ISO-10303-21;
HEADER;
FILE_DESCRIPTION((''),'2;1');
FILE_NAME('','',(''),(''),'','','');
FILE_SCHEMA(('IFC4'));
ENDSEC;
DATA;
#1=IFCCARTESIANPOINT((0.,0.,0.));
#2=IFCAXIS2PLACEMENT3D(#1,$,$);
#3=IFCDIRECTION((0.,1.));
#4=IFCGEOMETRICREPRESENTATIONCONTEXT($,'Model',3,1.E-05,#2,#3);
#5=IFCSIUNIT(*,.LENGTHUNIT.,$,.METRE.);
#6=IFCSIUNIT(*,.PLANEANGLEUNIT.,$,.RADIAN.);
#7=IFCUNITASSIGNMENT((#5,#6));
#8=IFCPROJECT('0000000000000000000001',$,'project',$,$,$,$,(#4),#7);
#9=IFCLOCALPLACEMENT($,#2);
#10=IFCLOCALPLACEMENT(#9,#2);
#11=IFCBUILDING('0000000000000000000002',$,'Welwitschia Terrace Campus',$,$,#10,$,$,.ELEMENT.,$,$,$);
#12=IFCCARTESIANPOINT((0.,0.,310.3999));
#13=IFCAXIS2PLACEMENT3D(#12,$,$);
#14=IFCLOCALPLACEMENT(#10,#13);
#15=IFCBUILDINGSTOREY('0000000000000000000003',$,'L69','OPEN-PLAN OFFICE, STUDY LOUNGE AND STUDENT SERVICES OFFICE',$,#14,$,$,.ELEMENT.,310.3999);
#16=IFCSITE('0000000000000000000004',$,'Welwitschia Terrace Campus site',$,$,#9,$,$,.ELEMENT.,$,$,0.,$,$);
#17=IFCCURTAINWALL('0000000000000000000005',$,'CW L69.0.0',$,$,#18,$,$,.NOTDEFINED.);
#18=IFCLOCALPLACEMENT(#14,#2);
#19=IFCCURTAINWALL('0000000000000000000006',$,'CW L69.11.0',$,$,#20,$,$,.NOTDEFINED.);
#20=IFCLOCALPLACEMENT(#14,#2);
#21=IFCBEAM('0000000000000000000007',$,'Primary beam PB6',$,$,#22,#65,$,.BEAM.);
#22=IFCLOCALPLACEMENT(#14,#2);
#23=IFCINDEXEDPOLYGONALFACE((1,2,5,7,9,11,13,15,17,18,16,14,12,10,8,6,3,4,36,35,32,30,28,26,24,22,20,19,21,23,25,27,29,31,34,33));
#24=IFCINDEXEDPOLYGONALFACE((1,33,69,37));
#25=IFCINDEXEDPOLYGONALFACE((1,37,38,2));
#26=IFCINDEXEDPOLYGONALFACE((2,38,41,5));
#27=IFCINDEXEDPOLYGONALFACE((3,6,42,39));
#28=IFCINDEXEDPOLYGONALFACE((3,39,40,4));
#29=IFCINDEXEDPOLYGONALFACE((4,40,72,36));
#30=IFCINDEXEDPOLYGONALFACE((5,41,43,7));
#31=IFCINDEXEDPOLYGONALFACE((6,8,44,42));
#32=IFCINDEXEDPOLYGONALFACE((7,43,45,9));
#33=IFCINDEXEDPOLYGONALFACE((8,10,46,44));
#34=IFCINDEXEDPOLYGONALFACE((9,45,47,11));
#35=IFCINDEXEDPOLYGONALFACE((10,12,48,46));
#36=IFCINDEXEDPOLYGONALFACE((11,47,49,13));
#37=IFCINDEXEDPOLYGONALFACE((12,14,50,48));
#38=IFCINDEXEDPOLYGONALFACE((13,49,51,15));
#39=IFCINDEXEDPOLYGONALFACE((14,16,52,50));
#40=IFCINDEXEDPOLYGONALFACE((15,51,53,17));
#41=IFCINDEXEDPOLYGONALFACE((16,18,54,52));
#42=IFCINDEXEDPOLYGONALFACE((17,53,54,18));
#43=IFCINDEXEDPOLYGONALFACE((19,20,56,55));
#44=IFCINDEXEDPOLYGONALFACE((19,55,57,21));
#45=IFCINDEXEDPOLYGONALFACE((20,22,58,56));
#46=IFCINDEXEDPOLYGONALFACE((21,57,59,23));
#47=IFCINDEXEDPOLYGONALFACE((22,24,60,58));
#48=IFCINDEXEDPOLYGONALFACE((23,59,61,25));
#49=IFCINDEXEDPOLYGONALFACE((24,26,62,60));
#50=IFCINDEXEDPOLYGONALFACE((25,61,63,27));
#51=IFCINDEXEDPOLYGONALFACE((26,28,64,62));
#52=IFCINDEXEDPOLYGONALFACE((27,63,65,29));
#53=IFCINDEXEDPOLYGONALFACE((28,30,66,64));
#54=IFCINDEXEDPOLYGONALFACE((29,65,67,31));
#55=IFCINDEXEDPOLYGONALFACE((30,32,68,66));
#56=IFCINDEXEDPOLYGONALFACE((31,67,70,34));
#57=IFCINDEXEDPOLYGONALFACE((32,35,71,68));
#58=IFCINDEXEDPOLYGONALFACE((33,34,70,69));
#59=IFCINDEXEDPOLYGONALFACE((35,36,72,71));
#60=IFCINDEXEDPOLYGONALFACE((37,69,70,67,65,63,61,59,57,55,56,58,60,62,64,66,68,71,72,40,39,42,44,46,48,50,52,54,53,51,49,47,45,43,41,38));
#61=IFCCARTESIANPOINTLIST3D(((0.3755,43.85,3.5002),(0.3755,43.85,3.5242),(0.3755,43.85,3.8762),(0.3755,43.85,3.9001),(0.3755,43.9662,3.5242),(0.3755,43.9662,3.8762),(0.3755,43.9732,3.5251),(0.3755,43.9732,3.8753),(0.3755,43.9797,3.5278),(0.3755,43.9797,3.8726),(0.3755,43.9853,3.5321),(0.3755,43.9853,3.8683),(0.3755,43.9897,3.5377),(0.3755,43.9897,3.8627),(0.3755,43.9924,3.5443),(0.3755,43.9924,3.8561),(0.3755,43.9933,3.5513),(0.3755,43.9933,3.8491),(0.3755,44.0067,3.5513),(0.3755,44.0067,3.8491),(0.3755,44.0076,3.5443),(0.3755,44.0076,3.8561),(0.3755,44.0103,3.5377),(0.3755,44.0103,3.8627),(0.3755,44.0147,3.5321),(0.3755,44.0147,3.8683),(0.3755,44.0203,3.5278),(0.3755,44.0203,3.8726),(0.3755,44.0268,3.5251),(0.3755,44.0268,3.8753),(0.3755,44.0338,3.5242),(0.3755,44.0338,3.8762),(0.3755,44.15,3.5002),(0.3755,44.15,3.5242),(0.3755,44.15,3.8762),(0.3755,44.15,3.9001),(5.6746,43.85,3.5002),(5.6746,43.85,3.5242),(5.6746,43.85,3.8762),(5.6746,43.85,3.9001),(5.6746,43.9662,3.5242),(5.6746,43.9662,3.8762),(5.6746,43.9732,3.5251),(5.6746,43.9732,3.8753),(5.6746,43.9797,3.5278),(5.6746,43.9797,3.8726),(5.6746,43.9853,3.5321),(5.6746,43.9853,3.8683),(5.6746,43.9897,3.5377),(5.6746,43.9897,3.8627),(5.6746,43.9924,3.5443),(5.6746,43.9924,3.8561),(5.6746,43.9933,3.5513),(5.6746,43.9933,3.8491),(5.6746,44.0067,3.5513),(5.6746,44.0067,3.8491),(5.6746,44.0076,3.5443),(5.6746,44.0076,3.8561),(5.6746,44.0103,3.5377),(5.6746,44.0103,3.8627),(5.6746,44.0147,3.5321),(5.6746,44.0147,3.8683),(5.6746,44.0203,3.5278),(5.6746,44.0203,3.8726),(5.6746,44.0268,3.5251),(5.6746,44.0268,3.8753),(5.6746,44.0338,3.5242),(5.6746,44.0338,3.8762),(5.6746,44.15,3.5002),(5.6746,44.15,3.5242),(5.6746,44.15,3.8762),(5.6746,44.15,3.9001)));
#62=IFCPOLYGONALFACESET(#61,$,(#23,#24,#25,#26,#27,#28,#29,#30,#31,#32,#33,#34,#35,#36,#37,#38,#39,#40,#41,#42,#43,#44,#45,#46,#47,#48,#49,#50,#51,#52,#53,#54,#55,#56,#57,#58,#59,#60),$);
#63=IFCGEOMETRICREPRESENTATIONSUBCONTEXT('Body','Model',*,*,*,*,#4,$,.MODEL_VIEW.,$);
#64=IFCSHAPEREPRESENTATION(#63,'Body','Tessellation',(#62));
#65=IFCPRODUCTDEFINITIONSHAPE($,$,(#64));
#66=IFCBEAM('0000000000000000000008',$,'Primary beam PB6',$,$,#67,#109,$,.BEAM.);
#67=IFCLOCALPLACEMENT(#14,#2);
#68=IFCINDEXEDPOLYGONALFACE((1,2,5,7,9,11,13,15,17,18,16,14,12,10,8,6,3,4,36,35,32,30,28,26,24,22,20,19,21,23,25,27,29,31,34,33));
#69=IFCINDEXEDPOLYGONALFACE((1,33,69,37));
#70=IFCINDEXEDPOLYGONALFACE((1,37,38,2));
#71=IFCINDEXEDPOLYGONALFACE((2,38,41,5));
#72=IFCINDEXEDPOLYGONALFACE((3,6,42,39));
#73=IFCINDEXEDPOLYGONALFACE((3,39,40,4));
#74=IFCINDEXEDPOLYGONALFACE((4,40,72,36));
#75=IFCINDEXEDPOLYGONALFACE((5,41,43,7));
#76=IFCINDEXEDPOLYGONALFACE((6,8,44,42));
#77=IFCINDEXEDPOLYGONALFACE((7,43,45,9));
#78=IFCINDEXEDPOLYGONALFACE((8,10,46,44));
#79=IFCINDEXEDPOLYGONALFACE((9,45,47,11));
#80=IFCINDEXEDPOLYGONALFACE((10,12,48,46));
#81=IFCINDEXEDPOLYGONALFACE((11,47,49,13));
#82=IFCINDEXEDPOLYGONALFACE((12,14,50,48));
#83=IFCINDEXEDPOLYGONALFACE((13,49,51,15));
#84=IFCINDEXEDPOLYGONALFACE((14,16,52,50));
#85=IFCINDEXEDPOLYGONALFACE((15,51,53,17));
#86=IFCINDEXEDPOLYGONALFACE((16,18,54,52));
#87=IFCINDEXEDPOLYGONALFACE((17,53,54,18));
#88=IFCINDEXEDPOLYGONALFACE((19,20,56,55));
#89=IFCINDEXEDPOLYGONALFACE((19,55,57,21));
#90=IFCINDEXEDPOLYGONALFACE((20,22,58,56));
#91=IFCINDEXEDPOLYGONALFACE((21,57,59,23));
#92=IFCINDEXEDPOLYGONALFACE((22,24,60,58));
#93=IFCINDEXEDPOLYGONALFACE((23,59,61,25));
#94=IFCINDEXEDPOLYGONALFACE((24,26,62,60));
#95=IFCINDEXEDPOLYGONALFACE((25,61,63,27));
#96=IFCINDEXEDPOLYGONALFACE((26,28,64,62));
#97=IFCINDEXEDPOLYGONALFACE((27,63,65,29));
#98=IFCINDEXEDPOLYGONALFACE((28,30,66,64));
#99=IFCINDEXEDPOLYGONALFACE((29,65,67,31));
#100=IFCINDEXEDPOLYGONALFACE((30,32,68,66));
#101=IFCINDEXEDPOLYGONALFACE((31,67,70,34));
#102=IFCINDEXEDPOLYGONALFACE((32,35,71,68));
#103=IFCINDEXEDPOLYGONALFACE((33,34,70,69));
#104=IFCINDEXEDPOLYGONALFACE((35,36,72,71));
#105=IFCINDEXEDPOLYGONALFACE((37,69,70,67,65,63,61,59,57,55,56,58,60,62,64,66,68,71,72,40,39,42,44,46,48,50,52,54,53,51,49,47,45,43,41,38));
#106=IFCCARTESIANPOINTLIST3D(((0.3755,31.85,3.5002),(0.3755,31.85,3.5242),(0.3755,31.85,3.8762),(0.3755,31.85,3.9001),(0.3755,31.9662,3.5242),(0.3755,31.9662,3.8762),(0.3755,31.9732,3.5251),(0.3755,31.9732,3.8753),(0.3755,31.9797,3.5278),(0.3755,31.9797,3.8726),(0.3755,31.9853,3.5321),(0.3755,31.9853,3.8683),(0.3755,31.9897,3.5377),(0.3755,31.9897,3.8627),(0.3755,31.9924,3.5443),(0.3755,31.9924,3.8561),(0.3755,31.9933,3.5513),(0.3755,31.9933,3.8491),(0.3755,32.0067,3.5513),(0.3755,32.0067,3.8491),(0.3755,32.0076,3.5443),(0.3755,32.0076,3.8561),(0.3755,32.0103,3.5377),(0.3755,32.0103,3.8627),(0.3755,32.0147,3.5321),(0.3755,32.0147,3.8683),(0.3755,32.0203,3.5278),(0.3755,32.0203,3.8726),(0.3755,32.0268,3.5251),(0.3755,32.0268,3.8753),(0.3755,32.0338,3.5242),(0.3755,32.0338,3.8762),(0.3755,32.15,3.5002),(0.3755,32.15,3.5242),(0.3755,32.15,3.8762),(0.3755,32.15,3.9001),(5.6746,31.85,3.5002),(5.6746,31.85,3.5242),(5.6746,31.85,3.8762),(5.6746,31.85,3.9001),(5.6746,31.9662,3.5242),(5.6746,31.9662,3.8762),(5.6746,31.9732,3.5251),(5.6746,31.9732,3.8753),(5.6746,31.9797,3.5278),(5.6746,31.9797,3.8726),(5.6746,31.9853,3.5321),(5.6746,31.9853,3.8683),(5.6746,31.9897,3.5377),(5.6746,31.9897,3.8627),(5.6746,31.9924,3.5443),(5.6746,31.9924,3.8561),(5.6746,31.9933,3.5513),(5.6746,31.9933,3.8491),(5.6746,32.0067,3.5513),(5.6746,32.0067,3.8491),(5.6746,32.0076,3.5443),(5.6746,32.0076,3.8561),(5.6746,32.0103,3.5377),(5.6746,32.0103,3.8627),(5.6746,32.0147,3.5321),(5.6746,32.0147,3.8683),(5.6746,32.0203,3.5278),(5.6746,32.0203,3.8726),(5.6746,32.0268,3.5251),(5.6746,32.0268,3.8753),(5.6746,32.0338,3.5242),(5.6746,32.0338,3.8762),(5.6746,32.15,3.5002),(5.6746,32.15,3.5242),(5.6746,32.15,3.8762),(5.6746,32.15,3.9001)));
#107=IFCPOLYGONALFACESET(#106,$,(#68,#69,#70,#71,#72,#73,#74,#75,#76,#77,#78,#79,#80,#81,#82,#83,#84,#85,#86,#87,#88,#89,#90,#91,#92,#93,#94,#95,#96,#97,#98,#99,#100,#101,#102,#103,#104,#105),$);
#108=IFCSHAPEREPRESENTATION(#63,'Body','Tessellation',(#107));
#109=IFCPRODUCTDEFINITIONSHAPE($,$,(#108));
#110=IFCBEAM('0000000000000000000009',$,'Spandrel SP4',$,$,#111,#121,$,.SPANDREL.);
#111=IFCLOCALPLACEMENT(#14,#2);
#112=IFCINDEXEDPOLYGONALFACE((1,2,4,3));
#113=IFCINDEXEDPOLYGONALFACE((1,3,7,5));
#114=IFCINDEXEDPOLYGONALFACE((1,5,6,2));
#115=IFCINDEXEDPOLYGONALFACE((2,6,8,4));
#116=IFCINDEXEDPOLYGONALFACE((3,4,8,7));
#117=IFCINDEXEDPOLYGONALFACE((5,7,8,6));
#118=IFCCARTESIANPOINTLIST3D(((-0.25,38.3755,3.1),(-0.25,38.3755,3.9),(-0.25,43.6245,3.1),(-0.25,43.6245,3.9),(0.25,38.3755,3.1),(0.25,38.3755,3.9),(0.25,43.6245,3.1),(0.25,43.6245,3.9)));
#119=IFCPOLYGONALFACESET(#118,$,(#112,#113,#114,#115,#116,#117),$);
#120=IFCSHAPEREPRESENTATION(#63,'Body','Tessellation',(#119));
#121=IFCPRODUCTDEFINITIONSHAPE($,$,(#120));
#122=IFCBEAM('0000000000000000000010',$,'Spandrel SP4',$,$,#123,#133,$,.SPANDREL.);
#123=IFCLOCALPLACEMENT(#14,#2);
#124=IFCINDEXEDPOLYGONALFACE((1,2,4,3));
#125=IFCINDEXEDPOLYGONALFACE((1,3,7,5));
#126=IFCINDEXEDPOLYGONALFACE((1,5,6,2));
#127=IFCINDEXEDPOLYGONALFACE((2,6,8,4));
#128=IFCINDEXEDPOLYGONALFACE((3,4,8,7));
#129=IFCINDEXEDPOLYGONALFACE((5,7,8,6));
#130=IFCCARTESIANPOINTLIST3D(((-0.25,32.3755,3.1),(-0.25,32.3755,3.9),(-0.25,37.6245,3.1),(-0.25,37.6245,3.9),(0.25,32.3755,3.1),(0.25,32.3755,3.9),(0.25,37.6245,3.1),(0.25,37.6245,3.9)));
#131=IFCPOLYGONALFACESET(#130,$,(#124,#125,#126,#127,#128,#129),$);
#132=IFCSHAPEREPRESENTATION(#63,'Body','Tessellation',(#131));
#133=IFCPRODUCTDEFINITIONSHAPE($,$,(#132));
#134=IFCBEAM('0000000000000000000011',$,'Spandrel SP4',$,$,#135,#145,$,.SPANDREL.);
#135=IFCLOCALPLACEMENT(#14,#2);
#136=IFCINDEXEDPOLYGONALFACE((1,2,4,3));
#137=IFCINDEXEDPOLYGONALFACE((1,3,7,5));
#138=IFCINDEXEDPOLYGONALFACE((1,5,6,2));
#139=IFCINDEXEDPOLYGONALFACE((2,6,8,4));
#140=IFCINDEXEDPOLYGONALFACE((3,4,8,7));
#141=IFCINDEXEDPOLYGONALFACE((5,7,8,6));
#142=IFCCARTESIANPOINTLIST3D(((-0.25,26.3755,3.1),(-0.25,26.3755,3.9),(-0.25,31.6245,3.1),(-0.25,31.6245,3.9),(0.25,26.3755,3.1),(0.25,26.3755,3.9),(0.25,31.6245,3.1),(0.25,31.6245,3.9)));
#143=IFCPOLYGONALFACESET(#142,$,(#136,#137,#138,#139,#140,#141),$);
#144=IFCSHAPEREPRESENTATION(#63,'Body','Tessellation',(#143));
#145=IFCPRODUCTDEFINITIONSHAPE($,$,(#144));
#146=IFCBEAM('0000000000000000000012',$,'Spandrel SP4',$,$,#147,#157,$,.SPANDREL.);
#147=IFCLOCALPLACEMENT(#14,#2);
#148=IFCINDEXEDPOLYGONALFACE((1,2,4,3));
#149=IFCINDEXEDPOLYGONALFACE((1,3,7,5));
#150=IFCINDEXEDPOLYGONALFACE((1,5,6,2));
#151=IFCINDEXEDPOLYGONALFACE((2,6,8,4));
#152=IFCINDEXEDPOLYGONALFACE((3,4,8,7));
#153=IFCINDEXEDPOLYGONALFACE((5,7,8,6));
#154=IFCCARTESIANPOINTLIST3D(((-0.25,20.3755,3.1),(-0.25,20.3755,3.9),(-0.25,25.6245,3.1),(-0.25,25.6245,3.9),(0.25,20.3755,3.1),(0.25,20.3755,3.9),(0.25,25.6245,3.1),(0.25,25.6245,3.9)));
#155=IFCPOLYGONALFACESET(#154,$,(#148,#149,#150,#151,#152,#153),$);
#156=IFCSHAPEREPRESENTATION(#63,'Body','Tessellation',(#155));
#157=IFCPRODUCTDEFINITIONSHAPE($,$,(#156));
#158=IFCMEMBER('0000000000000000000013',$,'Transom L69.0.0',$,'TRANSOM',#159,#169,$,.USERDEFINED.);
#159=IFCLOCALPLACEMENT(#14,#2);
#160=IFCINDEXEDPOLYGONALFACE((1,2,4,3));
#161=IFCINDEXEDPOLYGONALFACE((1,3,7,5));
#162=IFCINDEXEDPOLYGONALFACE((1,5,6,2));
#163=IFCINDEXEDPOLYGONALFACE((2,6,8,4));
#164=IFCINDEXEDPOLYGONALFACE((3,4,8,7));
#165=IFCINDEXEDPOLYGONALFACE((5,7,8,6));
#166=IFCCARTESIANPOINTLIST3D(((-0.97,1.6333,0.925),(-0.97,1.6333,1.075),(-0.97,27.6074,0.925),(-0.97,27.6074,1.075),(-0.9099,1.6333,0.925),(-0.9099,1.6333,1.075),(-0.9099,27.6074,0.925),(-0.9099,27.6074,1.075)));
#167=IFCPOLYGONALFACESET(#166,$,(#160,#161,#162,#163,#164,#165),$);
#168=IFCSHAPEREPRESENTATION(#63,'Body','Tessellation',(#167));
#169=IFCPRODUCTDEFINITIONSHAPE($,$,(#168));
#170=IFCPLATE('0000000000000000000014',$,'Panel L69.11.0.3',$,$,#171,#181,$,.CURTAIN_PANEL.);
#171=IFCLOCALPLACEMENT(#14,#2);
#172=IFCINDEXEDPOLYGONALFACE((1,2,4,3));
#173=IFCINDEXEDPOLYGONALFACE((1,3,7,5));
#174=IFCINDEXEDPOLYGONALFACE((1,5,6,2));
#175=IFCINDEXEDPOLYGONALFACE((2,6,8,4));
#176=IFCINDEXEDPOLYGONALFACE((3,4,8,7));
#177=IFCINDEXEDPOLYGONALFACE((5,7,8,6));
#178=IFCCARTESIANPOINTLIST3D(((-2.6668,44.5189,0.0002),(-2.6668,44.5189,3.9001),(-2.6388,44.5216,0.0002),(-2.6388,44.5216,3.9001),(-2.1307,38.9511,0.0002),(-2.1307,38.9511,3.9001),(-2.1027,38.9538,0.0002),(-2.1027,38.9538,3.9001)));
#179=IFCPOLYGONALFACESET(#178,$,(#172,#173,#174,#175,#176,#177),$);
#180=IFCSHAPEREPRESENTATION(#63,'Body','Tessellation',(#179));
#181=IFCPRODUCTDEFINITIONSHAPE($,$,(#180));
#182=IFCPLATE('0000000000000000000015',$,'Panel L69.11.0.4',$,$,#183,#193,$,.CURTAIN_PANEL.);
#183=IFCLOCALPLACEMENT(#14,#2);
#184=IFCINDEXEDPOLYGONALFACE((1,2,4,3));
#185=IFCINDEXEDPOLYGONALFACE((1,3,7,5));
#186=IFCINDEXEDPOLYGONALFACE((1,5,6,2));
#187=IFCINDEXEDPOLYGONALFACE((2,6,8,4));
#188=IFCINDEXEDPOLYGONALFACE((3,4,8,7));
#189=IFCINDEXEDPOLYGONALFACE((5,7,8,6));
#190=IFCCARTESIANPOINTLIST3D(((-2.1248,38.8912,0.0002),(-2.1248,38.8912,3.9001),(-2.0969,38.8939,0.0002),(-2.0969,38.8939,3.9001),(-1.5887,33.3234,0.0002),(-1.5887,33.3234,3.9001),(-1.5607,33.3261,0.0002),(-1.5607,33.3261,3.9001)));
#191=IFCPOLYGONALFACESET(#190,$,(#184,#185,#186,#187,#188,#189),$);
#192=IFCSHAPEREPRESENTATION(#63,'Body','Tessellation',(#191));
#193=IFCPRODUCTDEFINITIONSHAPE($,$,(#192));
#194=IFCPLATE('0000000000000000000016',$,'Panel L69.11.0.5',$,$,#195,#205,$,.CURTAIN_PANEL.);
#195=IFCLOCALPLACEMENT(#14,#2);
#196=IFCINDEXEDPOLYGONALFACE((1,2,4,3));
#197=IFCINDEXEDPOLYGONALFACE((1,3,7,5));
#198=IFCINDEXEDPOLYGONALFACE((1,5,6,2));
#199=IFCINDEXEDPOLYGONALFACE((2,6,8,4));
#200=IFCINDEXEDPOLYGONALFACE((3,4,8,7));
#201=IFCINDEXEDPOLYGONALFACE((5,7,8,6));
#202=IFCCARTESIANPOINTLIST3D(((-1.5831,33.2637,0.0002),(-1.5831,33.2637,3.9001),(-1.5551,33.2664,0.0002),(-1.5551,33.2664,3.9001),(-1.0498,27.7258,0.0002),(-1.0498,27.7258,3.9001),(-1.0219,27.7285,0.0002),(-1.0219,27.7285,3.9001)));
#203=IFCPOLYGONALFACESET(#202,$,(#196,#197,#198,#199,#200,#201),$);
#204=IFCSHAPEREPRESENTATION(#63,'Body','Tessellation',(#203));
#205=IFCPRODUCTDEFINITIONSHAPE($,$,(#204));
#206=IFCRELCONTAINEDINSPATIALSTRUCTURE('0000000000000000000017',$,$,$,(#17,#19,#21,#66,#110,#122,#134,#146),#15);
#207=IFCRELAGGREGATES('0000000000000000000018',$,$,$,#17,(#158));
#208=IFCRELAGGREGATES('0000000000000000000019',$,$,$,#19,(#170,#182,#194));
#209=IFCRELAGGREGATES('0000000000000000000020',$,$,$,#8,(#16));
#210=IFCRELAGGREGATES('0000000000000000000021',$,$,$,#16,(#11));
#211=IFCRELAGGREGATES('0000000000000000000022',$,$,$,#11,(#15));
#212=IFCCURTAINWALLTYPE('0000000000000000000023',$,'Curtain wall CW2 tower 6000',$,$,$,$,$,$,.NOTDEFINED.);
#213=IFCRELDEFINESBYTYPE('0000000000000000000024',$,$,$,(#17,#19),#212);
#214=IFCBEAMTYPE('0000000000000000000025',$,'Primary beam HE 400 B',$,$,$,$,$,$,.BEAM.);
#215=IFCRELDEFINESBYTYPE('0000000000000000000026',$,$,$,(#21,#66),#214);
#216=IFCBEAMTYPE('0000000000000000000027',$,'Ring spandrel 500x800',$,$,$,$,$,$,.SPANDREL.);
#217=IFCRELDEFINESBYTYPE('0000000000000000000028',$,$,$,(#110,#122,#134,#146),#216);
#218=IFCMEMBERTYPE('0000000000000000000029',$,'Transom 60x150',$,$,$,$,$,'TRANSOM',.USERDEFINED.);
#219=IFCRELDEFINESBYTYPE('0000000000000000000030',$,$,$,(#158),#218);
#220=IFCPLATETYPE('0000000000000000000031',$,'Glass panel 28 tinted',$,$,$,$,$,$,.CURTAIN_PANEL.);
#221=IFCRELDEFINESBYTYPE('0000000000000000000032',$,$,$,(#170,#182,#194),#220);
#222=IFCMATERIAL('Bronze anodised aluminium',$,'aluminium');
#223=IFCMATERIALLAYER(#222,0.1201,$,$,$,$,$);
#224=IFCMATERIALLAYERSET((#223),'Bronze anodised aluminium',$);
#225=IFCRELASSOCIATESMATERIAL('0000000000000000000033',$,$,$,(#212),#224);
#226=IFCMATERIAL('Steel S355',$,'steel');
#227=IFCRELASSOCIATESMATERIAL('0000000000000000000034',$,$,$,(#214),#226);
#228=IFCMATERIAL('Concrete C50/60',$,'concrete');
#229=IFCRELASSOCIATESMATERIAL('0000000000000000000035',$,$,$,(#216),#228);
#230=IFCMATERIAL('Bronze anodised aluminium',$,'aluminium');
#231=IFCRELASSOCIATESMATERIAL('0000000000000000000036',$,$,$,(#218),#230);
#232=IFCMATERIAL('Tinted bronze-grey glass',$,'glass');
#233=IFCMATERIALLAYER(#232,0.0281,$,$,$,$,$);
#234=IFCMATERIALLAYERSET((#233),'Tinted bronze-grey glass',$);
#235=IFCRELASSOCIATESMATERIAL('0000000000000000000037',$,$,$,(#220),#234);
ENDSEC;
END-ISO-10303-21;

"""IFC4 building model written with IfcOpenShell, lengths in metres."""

from ifc_helpers import new_model, si_unit, direction, frame, origin, origin_2d, place, context, subcontext, project, spatial, rectangle, i_section, extrude, material, layer, layer_set, material_profile, profile_set, type_object, element, aggregate, save


model = new_model("IFC4")

# Units and contexts
model_context = context("Model", 3, precision=1e-05, world=origin(), true_north=direction((0.0, 1.0)))
body_context = subcontext(model_context, "Body", "Model", "MODEL_VIEW")
ifc_project = project(units=[si_unit("LENGTHUNIT", "METRE"), si_unit("PLANEANGLEUNIT", "RADIAN")], contexts=[model_context])

# Site, building, storey
site_placement = place(None, origin())
site = spatial("IfcSite", under=ifc_project, at=site_placement, Name="Welwitschia Terrace Campus site", CompositionType="ELEMENT", RefElevation=0.0)
building_placement = place(site_placement, origin())
building = spatial("IfcBuilding", under=site, at=building_placement, Name="Welwitschia Terrace Campus", CompositionType="ELEMENT")
storey_placement = place(building_placement, frame((0.0, 0.0, 310.3999)))
storey = spatial("IfcBuildingStorey", under=building, at=storey_placement, Name="L69", Description="OPEN-PLAN OFFICE, STUDY LOUNGE AND STUDENT SERVICES OFFICE", CompositionType="ELEMENT", Elevation=310.3999)

# Curtain wall
ifc_material_1 = material(Name="Bronze anodised aluminium", Category="aluminium")
ifc_layer_1 = layer(ifc_material_1, 0.1201)
ifc_layer_set_1 = layer_set([ifc_layer_1], Name="Bronze anodised aluminium")
curtain_wall_type = type_object("IfcCurtainWallType", Name="Curtain wall CW2 tower 6000", PredefinedType="NOTDEFINED", material=ifc_layer_set_1)
curtain_wall_1_placement = place(storey_placement, origin())
curtain_wall_1 = element("IfcCurtainWall", 1, at=curtain_wall_1_placement, inside=storey, type_object=curtain_wall_type, Name="CW L69.0.0", PredefinedType="NOTDEFINED")

# Curtain wall
curtain_wall_2_placement = place(storey_placement, origin())
curtain_wall_2 = element("IfcCurtainWall", 2, at=curtain_wall_2_placement, inside=storey, type_object=curtain_wall_type, Name="CW L69.11.0", PredefinedType="NOTDEFINED")

# Beams
ifc_material_2 = material(Name="Steel S355", Category="steel")
ifc_material_profile_1 = material_profile(ifc_material_2, i_section(OverallWidth=0.3, OverallDepth=0.3999, WebThickness=0.0134, FlangeThickness=0.0239, FilletRadius=0.0271, at=origin_2d()))
ifc_profile_set_1 = profile_set([ifc_material_profile_1], Name="Steel S355")
beam_type_1 = type_object("IfcBeamType", Name="Primary beam HE 400 B", PredefinedType="BEAM", material=ifc_profile_set_1)
for number, where, z_axis, x_axis, name in (
    (3, (0.3755, 44.0, 3.7002), (1.0, 0.0, 0.0), (0.0, 1.0, 0.0), "Primary beam PB6"),
    (4, (0.3755, 32.0, 3.7002), (1.0, 0.0, 0.0), (0.0, 1.0, 0.0), "Primary beam PB6"),
):
    element("IfcBeam", number, at=place(storey_placement, frame(where, z_axis=z_axis, x_axis=x_axis)), inside=storey, type_object=beam_type_1, Name=name, PredefinedType="BEAM", context=body_context, shape_type="SweptSolid", body=[
        extrude(i_section(OverallWidth=0.3, OverallDepth=0.3999, WebThickness=0.0134, FlangeThickness=0.0239, FilletRadius=0.0271, at=origin_2d()), origin(), (0.0, 0.0, 1.0), 5.2991),
    ])
ifc_material_3 = material(Name="Concrete C50/60", Category="concrete")
ifc_material_profile_2 = material_profile(ifc_material_3, rectangle(XDim=0.5, YDim=0.8, at=origin_2d()))
ifc_profile_set_2 = profile_set([ifc_material_profile_2], Name="Concrete C50/60")
beam_type_2 = type_object("IfcBeamType", Name="Ring spandrel 500x800", PredefinedType="SPANDREL", material=ifc_profile_set_2)
for number, where, z_axis, x_axis, name in (
    (5, (0.0, 43.6245, 3.5), (0.0, -1.0, 0.0), (1.0, 0.0, 0.0), "Spandrel SP4"),
    (6, (0.0, 37.6245, 3.5), (0.0, -1.0, 0.0), (1.0, 0.0, 0.0), "Spandrel SP4"),
    (7, (0.0, 31.6245, 3.5), (0.0, -1.0, 0.0), (1.0, 0.0, 0.0), "Spandrel SP4"),
    (8, (0.0, 25.6245, 3.5), (0.0, -1.0, 0.0), (1.0, 0.0, 0.0), "Spandrel SP4"),
):
    element("IfcBeam", number, at=place(storey_placement, frame(where, z_axis=z_axis, x_axis=x_axis)), inside=storey, type_object=beam_type_2, Name=name, PredefinedType="SPANDREL", context=body_context, shape_type="SweptSolid", body=[
        extrude(rectangle(XDim=0.5, YDim=0.8, at=origin_2d()), origin(), (0.0, 0.0, 1.0), 5.249),
    ])

# Member
ifc_material_4 = material(Name="Bronze anodised aluminium", Category="aluminium")
ifc_material_profile_3 = material_profile(ifc_material_4, rectangle(XDim=0.0601, YDim=0.1499, at=origin_2d()))
ifc_profile_set_3 = profile_set([ifc_material_profile_3], Name="Bronze anodised aluminium")
member_type_1 = type_object("IfcMemberType", Name="Transom 60x150", ElementType="TRANSOM", PredefinedType="USERDEFINED", material=ifc_profile_set_3)
member_1_placement = place(storey_placement, frame((-0.9399, 27.6074, 1.0), z_axis=(0.0, -1.0, 0.0), x_axis=(1.0, 0.0, 0.0)))
member_1 = element("IfcMember", 9, at=member_1_placement, type_object=member_type_1, Name="Transom L69.0.0", ObjectType="TRANSOM", PredefinedType="USERDEFINED", context=body_context, shape_type="SweptSolid", body=[
    extrude(rectangle(XDim=0.0601, YDim=0.1499, at=origin_2d()), origin(), (0.0, 0.0, 1.0), 25.9741),
])
aggregate(curtain_wall_1, [member_1])

# Plates
ifc_material_5 = material(Name="Tinted bronze-grey glass", Category="glass")
ifc_layer_2 = layer(ifc_material_5, 0.0281)
ifc_layer_set_2 = layer_set([ifc_layer_2], Name="Tinted bronze-grey glass")
plate_type = type_object("IfcPlateType", Name="Glass panel 28 tinted", PredefinedType="CURTAIN_PANEL", material=ifc_layer_set_2)
plate_1_placement = place(storey_placement, frame((-2.3848, 41.7363, 0.0002), z_axis=(0.0, 0.0, 1.0), x_axis=(0.095846, -0.995396, 0.0)))
plate_1 = element("IfcPlate", 10, at=plate_1_placement, type_object=plate_type, Name="Panel L69.11.0.3", PredefinedType="CURTAIN_PANEL", context=body_context, shape_type="SweptSolid", body=[
    extrude(rectangle(XDim=5.5935, YDim=0.0281, at=origin_2d()), origin(), (0.0, 0.0, 1.0), 3.8999),
])
plate_2_placement = place(storey_placement, frame((-1.8428, 36.1086, 0.0002), z_axis=(0.0, 0.0, 1.0), x_axis=(0.095846, -0.995396, 0.0)))
plate_2 = element("IfcPlate", 11, at=plate_2_placement, type_object=plate_type, Name="Panel L69.11.0.4", PredefinedType="CURTAIN_PANEL", context=body_context, shape_type="SweptSolid", body=[
    extrude(rectangle(XDim=5.5935, YDim=0.0281, at=origin_2d()), origin(), (0.0, 0.0, 1.0), 3.8999),
])
plate_3_placement = place(storey_placement, frame((-1.3025, 30.4961, 0.0002), z_axis=(0.0, 0.0, 1.0), x_axis=(0.095846, -0.995396, 0.0)))
plate_3 = element("IfcPlate", 12, at=plate_3_placement, type_object=plate_type, Name="Panel L69.11.0.5", PredefinedType="CURTAIN_PANEL", context=body_context, shape_type="SweptSolid", body=[
    extrude(rectangle(XDim=5.5635, YDim=0.0281, at=origin_2d()), origin(), (0.0, 0.0, 1.0), 3.8999),
])
aggregate(curtain_wall_2, [plate_1, plate_2, plate_3])

save(model, "model.ifc")
